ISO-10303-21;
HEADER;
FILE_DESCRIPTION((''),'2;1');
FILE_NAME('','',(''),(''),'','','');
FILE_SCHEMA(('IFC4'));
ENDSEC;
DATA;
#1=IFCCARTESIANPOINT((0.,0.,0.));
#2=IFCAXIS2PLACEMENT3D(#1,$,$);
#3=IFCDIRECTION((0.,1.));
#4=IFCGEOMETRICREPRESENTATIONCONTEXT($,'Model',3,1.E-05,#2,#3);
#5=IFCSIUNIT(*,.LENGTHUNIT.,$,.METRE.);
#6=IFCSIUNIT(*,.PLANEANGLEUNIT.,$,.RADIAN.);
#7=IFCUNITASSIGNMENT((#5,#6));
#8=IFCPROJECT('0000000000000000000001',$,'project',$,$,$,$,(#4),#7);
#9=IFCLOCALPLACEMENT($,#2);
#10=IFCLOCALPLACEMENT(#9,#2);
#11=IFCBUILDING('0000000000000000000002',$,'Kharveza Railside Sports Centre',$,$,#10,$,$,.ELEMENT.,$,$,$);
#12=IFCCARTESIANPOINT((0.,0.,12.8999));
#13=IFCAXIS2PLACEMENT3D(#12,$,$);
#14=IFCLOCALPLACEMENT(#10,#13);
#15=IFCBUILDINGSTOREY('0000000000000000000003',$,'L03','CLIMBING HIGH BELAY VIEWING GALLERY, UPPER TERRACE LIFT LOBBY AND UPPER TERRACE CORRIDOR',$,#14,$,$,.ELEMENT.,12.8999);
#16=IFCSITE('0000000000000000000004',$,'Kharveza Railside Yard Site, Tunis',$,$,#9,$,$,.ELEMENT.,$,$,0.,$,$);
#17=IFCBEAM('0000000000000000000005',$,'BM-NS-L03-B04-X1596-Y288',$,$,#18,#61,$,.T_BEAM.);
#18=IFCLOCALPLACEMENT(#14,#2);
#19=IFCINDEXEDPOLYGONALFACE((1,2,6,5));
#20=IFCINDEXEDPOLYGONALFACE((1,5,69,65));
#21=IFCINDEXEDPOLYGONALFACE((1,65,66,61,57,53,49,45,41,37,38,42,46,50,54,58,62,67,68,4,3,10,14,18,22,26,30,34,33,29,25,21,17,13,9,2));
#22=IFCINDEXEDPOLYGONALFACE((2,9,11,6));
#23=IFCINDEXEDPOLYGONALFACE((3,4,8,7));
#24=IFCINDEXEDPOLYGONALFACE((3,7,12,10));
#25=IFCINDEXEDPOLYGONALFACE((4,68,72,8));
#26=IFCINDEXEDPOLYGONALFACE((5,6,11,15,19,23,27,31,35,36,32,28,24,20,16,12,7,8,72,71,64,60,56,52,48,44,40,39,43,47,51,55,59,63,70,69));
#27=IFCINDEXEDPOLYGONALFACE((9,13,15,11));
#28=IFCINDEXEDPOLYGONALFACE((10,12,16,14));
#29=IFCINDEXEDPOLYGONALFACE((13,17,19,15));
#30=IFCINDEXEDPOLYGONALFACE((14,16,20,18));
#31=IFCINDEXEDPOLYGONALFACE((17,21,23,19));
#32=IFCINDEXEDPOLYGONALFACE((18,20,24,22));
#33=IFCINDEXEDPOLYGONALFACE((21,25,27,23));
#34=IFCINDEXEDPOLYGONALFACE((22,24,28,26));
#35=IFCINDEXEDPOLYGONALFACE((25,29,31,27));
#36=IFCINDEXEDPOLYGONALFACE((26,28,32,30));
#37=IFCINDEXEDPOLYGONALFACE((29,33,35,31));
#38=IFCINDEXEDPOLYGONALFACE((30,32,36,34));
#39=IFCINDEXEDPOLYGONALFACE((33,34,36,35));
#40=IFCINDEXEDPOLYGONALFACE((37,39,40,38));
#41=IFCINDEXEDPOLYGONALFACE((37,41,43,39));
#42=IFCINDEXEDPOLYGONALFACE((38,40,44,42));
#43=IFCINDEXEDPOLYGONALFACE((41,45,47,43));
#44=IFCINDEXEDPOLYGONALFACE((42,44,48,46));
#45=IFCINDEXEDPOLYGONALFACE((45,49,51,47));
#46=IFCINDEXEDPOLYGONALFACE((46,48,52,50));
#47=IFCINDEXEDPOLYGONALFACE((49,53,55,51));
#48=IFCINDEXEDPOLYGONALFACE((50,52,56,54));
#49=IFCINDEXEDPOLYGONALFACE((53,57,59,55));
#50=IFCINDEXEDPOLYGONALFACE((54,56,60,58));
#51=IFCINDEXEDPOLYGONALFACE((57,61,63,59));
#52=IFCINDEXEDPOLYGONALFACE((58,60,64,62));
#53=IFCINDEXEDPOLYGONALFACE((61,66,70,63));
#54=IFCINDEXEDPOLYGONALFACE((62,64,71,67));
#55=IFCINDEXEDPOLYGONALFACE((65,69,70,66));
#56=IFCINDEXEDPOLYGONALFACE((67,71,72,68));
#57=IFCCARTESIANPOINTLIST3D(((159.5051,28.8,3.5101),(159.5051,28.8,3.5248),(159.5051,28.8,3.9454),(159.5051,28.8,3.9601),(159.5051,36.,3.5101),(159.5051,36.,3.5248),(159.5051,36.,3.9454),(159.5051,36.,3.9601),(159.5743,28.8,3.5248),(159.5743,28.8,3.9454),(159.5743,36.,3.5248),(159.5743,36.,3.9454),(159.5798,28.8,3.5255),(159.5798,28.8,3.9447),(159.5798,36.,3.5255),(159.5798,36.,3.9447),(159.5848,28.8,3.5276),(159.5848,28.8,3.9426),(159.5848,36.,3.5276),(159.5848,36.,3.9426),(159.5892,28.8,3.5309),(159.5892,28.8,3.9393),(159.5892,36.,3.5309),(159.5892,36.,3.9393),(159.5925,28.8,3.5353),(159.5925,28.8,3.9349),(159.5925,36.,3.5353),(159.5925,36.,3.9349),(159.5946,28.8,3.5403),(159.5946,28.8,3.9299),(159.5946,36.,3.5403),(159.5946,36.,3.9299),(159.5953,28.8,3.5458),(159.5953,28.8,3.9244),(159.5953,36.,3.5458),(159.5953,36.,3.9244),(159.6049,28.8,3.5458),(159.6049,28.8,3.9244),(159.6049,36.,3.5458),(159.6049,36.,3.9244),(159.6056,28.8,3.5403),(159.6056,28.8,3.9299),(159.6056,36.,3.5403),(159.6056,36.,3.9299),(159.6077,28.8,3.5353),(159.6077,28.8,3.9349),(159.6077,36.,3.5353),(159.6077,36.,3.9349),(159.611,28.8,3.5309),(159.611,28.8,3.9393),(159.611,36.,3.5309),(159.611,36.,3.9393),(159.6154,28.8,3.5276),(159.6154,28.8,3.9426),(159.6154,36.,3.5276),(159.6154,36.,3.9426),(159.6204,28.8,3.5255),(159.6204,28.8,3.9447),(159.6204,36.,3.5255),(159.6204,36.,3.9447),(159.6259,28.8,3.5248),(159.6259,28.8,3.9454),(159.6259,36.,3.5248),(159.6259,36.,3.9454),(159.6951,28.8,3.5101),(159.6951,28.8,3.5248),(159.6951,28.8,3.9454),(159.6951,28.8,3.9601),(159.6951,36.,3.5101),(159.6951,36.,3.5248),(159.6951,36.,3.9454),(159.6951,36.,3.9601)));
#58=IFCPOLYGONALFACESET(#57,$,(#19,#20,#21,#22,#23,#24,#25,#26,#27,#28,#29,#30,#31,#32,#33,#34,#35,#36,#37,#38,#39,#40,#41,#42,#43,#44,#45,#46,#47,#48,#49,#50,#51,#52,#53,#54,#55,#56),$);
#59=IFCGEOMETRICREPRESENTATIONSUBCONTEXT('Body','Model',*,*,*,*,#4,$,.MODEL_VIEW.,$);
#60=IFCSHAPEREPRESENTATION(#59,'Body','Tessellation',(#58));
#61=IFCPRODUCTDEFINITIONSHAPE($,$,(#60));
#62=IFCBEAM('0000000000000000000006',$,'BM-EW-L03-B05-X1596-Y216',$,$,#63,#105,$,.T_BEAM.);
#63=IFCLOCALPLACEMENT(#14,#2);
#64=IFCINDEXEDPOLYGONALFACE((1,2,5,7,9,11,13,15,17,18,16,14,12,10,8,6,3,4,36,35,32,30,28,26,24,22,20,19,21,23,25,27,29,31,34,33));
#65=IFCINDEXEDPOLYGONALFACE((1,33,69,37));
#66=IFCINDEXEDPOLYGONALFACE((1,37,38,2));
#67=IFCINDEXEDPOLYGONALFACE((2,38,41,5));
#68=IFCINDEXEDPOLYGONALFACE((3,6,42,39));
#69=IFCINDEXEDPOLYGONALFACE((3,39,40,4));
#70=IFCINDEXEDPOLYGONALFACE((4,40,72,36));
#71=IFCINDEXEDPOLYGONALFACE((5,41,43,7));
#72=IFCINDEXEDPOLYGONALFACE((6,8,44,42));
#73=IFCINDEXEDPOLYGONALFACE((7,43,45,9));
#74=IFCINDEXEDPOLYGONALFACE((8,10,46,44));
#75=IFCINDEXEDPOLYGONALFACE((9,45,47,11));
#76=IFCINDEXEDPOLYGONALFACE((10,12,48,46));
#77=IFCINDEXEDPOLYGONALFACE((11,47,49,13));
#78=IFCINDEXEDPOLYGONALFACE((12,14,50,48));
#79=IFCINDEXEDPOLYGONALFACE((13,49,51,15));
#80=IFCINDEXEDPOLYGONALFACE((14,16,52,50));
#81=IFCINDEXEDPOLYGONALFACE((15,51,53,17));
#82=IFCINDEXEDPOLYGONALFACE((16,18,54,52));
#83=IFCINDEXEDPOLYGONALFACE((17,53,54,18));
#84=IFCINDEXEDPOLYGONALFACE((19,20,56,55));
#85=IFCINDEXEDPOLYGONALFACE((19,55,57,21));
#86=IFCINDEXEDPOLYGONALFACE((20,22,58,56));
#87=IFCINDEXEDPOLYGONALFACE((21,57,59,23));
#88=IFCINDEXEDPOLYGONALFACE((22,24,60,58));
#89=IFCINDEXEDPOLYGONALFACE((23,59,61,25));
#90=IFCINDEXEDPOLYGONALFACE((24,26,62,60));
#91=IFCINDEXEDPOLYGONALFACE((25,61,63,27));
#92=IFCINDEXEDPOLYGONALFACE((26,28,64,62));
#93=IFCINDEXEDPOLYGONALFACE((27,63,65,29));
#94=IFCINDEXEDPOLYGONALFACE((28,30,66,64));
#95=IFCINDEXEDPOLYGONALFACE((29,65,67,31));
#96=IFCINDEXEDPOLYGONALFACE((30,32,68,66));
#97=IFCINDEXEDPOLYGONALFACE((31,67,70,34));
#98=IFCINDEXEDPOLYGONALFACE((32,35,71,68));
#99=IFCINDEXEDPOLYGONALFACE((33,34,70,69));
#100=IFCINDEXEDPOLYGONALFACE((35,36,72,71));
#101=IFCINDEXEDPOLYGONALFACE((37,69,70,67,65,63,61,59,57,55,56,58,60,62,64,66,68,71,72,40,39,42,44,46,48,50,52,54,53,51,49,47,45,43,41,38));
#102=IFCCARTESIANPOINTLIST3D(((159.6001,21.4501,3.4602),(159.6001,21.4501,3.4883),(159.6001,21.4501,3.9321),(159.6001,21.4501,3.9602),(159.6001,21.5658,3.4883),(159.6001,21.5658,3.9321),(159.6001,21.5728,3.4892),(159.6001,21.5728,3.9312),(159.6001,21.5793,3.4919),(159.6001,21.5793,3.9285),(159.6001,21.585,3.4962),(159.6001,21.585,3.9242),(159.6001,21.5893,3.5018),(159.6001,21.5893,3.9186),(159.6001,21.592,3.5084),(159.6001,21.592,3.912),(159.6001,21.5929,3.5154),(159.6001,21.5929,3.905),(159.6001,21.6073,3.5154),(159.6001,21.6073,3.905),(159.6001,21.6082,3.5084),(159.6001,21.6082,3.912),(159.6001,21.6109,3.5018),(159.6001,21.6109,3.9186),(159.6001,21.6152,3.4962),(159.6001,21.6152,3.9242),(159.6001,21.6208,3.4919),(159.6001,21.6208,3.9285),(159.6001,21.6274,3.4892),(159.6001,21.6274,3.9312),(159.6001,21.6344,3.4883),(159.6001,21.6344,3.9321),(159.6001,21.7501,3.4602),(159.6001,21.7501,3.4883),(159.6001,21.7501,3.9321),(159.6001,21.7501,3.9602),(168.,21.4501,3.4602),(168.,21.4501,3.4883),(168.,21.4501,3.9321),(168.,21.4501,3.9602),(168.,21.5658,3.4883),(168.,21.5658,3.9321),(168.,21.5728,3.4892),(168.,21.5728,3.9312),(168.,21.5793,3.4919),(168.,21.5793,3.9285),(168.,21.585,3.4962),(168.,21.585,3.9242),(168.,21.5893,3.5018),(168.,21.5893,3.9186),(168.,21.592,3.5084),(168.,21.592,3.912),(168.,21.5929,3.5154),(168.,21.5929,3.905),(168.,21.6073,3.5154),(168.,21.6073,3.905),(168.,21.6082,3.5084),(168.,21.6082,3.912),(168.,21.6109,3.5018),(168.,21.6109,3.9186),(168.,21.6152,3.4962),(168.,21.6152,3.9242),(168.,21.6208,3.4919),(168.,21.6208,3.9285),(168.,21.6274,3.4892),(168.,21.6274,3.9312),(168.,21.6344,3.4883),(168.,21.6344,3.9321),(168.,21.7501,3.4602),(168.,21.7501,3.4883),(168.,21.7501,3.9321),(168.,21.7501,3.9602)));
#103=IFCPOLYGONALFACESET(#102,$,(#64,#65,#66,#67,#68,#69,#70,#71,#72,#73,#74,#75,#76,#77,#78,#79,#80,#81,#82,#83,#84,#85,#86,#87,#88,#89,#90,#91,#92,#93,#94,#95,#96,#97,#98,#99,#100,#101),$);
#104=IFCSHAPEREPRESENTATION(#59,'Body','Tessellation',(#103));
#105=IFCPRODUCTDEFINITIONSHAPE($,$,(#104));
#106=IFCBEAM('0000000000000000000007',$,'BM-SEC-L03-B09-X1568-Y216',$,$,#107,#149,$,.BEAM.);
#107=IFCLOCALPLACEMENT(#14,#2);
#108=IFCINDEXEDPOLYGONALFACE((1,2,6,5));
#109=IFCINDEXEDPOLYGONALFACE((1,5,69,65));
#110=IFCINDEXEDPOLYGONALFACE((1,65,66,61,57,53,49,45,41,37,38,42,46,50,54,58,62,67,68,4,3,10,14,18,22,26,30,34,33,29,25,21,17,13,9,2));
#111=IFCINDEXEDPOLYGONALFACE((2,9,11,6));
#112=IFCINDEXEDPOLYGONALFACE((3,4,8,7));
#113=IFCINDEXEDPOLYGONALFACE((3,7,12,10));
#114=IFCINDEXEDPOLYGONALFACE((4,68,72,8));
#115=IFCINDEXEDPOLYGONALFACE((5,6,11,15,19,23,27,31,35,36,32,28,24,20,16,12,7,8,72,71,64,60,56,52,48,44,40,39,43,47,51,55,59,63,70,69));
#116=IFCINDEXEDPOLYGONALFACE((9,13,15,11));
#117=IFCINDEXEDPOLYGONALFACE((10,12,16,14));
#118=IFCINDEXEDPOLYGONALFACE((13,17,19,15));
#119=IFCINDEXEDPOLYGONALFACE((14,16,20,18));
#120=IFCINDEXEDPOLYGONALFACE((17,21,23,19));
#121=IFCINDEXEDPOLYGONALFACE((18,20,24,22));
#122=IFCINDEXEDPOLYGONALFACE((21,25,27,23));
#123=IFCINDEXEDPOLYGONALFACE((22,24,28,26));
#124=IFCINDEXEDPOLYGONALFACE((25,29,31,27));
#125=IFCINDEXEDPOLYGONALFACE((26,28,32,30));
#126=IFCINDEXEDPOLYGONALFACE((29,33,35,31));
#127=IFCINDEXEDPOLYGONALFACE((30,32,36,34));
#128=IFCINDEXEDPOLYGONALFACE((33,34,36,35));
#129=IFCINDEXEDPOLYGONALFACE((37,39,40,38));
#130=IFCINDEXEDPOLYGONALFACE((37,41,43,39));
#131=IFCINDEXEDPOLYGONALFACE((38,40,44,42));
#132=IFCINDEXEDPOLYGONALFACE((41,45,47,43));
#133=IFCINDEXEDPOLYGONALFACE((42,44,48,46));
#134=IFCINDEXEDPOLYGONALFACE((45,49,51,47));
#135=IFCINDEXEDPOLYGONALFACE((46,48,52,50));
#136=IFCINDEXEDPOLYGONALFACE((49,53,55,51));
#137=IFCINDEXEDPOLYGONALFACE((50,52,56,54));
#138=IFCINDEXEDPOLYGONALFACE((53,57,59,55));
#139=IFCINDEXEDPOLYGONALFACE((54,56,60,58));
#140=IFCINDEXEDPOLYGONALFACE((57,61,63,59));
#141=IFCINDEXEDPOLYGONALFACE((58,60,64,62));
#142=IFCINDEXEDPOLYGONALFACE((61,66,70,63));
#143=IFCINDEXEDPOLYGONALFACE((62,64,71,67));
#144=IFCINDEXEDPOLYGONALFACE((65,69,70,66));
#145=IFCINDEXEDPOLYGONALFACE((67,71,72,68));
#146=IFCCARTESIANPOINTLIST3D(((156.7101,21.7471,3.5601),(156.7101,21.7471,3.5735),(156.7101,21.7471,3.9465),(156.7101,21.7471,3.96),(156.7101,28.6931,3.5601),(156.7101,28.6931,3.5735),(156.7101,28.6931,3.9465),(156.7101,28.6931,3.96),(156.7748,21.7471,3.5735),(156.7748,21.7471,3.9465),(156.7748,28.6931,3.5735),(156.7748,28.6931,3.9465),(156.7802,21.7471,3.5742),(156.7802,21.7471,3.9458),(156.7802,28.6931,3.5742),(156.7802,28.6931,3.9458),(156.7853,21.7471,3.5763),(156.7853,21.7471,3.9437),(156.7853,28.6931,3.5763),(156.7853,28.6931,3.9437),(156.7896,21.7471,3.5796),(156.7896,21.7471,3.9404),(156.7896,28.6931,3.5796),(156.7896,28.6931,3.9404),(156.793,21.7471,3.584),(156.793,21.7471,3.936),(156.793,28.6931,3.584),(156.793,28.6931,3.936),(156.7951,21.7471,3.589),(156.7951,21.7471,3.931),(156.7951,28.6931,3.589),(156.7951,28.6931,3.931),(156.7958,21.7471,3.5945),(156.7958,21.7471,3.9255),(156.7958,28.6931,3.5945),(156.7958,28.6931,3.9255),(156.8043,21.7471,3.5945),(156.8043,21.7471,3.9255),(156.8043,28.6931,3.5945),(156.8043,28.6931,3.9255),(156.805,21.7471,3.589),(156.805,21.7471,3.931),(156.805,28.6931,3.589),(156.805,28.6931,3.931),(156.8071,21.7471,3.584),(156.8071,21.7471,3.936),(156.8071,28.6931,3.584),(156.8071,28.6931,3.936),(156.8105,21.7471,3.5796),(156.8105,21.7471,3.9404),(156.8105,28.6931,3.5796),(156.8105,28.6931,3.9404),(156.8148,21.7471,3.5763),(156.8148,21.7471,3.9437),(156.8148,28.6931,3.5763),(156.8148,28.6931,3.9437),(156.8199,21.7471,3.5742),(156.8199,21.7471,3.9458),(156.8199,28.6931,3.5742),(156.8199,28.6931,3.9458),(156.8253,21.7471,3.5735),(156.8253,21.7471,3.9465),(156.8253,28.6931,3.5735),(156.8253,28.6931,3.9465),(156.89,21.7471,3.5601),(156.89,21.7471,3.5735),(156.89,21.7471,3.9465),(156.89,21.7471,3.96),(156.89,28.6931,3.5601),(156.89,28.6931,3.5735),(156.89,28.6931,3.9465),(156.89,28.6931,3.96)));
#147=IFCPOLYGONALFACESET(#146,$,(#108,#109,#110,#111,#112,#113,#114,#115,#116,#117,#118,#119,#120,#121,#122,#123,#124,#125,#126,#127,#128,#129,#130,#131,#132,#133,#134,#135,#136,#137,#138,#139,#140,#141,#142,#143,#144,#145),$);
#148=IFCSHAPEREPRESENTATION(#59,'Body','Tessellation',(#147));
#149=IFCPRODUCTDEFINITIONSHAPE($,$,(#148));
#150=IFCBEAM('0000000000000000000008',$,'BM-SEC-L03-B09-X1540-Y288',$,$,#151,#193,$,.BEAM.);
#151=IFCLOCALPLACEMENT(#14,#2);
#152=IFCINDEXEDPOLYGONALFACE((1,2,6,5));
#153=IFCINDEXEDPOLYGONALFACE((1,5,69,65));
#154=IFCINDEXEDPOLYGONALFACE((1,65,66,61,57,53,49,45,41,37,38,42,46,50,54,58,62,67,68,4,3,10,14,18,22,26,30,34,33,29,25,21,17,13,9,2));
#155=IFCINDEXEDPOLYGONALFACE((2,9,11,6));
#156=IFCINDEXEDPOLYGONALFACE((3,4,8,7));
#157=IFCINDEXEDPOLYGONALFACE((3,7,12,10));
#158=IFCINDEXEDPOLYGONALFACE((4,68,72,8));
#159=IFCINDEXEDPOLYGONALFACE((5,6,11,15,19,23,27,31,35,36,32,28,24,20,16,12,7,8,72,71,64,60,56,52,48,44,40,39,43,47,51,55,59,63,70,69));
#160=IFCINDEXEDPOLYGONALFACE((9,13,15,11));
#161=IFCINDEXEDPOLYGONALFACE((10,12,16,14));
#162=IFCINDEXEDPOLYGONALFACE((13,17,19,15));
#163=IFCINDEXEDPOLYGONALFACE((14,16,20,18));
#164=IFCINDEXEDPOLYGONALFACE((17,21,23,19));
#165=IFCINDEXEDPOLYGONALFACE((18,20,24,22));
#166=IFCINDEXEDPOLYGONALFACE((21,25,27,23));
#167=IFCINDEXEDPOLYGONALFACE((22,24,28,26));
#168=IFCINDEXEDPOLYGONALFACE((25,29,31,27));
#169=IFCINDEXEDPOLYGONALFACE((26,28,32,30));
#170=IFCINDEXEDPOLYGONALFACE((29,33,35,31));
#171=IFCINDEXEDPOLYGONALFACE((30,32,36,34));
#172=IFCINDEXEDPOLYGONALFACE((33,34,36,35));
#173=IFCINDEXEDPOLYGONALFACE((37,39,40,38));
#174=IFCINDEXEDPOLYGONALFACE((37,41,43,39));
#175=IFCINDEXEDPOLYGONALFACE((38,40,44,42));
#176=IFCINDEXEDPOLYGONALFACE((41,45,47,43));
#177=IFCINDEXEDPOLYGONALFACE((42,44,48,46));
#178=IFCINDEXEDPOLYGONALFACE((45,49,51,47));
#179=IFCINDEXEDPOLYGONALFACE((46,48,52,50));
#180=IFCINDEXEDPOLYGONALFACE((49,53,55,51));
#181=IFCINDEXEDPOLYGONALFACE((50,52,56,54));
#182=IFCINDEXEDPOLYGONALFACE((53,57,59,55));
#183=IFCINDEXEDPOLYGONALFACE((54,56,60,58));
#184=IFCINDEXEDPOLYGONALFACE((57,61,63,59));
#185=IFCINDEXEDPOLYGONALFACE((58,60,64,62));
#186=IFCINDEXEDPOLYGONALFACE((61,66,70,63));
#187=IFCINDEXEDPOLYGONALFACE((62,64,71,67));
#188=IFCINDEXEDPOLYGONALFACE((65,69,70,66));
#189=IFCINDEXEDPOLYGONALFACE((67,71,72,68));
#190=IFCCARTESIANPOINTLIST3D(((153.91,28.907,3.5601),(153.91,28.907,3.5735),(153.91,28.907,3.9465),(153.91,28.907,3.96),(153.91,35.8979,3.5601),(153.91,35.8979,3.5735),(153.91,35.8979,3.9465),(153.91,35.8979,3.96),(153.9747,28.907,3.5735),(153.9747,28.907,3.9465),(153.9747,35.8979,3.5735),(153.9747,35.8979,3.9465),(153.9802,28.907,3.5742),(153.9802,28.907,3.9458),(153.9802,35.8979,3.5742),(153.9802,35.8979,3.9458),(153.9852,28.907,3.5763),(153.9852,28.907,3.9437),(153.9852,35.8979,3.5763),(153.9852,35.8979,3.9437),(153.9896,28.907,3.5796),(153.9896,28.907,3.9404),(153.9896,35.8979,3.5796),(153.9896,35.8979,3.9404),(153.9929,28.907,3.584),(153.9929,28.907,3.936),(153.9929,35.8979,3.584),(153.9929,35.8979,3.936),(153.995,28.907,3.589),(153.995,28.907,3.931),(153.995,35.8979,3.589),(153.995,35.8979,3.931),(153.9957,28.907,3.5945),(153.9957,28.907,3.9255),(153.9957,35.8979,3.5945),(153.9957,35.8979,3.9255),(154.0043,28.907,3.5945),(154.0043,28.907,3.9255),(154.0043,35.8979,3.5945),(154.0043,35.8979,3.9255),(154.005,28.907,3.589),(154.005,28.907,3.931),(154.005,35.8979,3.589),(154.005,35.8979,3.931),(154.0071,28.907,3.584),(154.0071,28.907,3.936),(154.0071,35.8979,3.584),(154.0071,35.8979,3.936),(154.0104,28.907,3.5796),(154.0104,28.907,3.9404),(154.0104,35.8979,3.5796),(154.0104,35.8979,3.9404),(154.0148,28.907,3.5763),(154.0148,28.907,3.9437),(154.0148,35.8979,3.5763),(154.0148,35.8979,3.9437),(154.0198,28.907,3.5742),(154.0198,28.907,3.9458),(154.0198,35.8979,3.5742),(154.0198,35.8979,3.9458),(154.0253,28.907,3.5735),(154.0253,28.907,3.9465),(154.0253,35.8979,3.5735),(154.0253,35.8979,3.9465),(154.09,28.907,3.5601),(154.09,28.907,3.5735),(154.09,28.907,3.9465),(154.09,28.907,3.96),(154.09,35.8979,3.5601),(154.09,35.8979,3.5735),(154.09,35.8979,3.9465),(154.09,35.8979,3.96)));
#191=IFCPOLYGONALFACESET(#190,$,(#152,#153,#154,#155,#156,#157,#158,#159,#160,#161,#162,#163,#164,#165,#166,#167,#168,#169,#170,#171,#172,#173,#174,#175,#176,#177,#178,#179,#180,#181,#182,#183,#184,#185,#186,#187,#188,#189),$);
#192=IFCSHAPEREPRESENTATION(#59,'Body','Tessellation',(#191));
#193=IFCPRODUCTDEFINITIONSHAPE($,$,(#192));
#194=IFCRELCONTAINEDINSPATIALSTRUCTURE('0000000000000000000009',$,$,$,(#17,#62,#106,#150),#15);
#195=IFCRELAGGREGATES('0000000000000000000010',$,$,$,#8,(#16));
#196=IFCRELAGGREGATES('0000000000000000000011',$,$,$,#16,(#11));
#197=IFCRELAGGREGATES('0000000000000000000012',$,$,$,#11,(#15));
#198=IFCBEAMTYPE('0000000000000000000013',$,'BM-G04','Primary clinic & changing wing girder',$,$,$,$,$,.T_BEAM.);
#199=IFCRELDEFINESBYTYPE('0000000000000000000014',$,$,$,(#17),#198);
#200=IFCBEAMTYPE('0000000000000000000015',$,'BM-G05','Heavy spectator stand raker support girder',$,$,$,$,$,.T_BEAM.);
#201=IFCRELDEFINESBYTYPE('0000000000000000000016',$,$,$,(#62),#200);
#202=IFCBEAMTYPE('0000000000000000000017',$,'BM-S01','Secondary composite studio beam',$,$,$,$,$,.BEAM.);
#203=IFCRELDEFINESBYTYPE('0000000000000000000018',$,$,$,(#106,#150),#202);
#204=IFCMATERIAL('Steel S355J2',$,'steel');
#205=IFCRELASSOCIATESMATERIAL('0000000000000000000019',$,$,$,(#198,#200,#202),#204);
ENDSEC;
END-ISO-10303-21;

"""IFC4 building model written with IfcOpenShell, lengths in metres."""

from ifc_helpers import new_model, si_unit, direction, frame, origin, origin_2d, place, context, subcontext, project, spatial, i_section, extrude, material, material_profile, profile_set, type_object, element, save


model = new_model("IFC4")

# Units and contexts
model_context = context("Model", 3, precision=1e-05, world=origin(), true_north=direction((0.0, 1.0)))
body_context = subcontext(model_context, "Body", "Model", "MODEL_VIEW")
ifc_project = project(units=[si_unit("LENGTHUNIT", "METRE"), si_unit("PLANEANGLEUNIT", "RADIAN")], contexts=[model_context])

# Site, building, storey
site_placement = place(None, origin())
site = spatial("IfcSite", under=ifc_project, at=site_placement, Name="Kharveza Railside Yard Site, Tunis", CompositionType="ELEMENT", RefElevation=0.0)
building_placement = place(site_placement, origin())
building = spatial("IfcBuilding", under=site, at=building_placement, Name="Kharveza Railside Sports Centre", CompositionType="ELEMENT")
storey_placement = place(building_placement, frame((0.0, 0.0, 12.8999)))
storey = spatial("IfcBuildingStorey", under=building, at=storey_placement, Name="L03", Description="CLIMBING HIGH BELAY VIEWING GALLERY, UPPER TERRACE LIFT LOBBY AND UPPER TERRACE CORRIDOR", CompositionType="ELEMENT", Elevation=12.8999)

# Shared definitions
ifc_material_1 = material(Name="Steel S355J2", Category="steel")

# Beams
ifc_material_profile_1 = material_profile(ifc_material_1, i_section(OverallWidth=0.1899, OverallDepth=0.45, WebThickness=0.0095, FlangeThickness=0.0146, FilletRadius=0.021, at=origin_2d()), Name="IPE 450")
ifc_profile_set_1 = profile_set([ifc_material_profile_1], Name="Steel S355J2")
beam_type_1 = type_object("IfcBeamType", Name="BM-G04", Description="Primary clinic & changing wing girder", PredefinedType="T_BEAM", material=ifc_profile_set_1)
for number, where, z_axis, x_axis, name in (
    (1, (159.6001, 28.8, 3.7351), (0.0, 1.0, 0.0), (-1.0, 0.0, 0.0), "BM-NS-L03-B04-X1596-Y288"),
):
    element("IfcBeam", number, at=place(storey_placement, frame(where, z_axis=z_axis, x_axis=x_axis)), inside=storey, type_object=beam_type_1, Name=name, PredefinedType="T_BEAM", context=body_context, shape_type="SweptSolid", body=[
        extrude(i_section(OverallWidth=0.1899, OverallDepth=0.45, WebThickness=0.0095, FlangeThickness=0.0146, FilletRadius=0.021, at=origin_2d()), origin(), (0.0, 0.0, 1.0), 7.2),
    ])
ifc_material_profile_2 = material_profile(ifc_material_1, i_section(OverallWidth=0.3, OverallDepth=0.5, WebThickness=0.0144, FlangeThickness=0.0281, FilletRadius=0.0271, at=origin_2d()), Name="HEB 500")
ifc_profile_set_2 = profile_set([ifc_material_profile_2], Name="Steel S355J2")
beam_type_2 = type_object("IfcBeamType", Name="BM-G05", Description="Heavy spectator stand raker support girder", PredefinedType="T_BEAM", material=ifc_profile_set_2)
beam_1_placement = place(storey_placement, frame((159.6001, 21.6001, 3.7102), z_axis=(1.0, 0.0, 0.0), x_axis=(0.0, 1.0, 0.0)))
element("IfcBeam", 2, at=beam_1_placement, inside=storey, type_object=beam_type_2, Name="BM-EW-L03-B05-X1596-Y216", PredefinedType="T_BEAM", context=body_context, shape_type="SweptSolid", body=[
    extrude(i_section(OverallWidth=0.3, OverallDepth=0.5, WebThickness=0.0144, FlangeThickness=0.0281, FilletRadius=0.0271, at=origin_2d()), origin(), (0.0, 0.0, 1.0), 8.3999),
])
ifc_material_profile_3 = material_profile(ifc_material_1, i_section(OverallWidth=0.1799, OverallDepth=0.3999, WebThickness=0.0085, FlangeThickness=0.0134, FilletRadius=0.021, at=origin_2d()), Name="IPE 400")
ifc_profile_set_3 = profile_set([ifc_material_profile_3], Name="Steel S355J2")
beam_type_3 = type_object("IfcBeamType", Name="BM-S01", Description="Secondary composite studio beam", PredefinedType="BEAM", material=ifc_profile_set_3)
beam_2_placement = place(storey_placement, frame((156.8, 21.7471, 3.76), z_axis=(0.0, 1.0, 0.0), x_axis=(-1.0, 0.0, 0.0)))
element("IfcBeam", 3, at=beam_2_placement, inside=storey, type_object=beam_type_3, Name="BM-SEC-L03-B09-X1568-Y216", PredefinedType="BEAM", context=body_context, shape_type="SweptSolid", body=[
    extrude(i_section(OverallWidth=0.1799, OverallDepth=0.3999, WebThickness=0.0085, FlangeThickness=0.0134, FilletRadius=0.021, at=origin_2d()), origin(), (0.0, 0.0, 1.0), 6.946),
])
beam_3_placement = place(storey_placement, frame((154.0, 28.907, 3.76), z_axis=(0.0, 1.0, 0.0), x_axis=(-1.0, 0.0, 0.0)))
element("IfcBeam", 4, at=beam_3_placement, inside=storey, type_object=beam_type_3, Name="BM-SEC-L03-B09-X1540-Y288", PredefinedType="BEAM", context=body_context, shape_type="SweptSolid", body=[
    extrude(i_section(OverallWidth=0.1799, OverallDepth=0.3999, WebThickness=0.0085, FlangeThickness=0.0134, FilletRadius=0.021, at=origin_2d()), origin(), (0.0, 0.0, 1.0), 6.991),
])

save(model, "model.ifc")
